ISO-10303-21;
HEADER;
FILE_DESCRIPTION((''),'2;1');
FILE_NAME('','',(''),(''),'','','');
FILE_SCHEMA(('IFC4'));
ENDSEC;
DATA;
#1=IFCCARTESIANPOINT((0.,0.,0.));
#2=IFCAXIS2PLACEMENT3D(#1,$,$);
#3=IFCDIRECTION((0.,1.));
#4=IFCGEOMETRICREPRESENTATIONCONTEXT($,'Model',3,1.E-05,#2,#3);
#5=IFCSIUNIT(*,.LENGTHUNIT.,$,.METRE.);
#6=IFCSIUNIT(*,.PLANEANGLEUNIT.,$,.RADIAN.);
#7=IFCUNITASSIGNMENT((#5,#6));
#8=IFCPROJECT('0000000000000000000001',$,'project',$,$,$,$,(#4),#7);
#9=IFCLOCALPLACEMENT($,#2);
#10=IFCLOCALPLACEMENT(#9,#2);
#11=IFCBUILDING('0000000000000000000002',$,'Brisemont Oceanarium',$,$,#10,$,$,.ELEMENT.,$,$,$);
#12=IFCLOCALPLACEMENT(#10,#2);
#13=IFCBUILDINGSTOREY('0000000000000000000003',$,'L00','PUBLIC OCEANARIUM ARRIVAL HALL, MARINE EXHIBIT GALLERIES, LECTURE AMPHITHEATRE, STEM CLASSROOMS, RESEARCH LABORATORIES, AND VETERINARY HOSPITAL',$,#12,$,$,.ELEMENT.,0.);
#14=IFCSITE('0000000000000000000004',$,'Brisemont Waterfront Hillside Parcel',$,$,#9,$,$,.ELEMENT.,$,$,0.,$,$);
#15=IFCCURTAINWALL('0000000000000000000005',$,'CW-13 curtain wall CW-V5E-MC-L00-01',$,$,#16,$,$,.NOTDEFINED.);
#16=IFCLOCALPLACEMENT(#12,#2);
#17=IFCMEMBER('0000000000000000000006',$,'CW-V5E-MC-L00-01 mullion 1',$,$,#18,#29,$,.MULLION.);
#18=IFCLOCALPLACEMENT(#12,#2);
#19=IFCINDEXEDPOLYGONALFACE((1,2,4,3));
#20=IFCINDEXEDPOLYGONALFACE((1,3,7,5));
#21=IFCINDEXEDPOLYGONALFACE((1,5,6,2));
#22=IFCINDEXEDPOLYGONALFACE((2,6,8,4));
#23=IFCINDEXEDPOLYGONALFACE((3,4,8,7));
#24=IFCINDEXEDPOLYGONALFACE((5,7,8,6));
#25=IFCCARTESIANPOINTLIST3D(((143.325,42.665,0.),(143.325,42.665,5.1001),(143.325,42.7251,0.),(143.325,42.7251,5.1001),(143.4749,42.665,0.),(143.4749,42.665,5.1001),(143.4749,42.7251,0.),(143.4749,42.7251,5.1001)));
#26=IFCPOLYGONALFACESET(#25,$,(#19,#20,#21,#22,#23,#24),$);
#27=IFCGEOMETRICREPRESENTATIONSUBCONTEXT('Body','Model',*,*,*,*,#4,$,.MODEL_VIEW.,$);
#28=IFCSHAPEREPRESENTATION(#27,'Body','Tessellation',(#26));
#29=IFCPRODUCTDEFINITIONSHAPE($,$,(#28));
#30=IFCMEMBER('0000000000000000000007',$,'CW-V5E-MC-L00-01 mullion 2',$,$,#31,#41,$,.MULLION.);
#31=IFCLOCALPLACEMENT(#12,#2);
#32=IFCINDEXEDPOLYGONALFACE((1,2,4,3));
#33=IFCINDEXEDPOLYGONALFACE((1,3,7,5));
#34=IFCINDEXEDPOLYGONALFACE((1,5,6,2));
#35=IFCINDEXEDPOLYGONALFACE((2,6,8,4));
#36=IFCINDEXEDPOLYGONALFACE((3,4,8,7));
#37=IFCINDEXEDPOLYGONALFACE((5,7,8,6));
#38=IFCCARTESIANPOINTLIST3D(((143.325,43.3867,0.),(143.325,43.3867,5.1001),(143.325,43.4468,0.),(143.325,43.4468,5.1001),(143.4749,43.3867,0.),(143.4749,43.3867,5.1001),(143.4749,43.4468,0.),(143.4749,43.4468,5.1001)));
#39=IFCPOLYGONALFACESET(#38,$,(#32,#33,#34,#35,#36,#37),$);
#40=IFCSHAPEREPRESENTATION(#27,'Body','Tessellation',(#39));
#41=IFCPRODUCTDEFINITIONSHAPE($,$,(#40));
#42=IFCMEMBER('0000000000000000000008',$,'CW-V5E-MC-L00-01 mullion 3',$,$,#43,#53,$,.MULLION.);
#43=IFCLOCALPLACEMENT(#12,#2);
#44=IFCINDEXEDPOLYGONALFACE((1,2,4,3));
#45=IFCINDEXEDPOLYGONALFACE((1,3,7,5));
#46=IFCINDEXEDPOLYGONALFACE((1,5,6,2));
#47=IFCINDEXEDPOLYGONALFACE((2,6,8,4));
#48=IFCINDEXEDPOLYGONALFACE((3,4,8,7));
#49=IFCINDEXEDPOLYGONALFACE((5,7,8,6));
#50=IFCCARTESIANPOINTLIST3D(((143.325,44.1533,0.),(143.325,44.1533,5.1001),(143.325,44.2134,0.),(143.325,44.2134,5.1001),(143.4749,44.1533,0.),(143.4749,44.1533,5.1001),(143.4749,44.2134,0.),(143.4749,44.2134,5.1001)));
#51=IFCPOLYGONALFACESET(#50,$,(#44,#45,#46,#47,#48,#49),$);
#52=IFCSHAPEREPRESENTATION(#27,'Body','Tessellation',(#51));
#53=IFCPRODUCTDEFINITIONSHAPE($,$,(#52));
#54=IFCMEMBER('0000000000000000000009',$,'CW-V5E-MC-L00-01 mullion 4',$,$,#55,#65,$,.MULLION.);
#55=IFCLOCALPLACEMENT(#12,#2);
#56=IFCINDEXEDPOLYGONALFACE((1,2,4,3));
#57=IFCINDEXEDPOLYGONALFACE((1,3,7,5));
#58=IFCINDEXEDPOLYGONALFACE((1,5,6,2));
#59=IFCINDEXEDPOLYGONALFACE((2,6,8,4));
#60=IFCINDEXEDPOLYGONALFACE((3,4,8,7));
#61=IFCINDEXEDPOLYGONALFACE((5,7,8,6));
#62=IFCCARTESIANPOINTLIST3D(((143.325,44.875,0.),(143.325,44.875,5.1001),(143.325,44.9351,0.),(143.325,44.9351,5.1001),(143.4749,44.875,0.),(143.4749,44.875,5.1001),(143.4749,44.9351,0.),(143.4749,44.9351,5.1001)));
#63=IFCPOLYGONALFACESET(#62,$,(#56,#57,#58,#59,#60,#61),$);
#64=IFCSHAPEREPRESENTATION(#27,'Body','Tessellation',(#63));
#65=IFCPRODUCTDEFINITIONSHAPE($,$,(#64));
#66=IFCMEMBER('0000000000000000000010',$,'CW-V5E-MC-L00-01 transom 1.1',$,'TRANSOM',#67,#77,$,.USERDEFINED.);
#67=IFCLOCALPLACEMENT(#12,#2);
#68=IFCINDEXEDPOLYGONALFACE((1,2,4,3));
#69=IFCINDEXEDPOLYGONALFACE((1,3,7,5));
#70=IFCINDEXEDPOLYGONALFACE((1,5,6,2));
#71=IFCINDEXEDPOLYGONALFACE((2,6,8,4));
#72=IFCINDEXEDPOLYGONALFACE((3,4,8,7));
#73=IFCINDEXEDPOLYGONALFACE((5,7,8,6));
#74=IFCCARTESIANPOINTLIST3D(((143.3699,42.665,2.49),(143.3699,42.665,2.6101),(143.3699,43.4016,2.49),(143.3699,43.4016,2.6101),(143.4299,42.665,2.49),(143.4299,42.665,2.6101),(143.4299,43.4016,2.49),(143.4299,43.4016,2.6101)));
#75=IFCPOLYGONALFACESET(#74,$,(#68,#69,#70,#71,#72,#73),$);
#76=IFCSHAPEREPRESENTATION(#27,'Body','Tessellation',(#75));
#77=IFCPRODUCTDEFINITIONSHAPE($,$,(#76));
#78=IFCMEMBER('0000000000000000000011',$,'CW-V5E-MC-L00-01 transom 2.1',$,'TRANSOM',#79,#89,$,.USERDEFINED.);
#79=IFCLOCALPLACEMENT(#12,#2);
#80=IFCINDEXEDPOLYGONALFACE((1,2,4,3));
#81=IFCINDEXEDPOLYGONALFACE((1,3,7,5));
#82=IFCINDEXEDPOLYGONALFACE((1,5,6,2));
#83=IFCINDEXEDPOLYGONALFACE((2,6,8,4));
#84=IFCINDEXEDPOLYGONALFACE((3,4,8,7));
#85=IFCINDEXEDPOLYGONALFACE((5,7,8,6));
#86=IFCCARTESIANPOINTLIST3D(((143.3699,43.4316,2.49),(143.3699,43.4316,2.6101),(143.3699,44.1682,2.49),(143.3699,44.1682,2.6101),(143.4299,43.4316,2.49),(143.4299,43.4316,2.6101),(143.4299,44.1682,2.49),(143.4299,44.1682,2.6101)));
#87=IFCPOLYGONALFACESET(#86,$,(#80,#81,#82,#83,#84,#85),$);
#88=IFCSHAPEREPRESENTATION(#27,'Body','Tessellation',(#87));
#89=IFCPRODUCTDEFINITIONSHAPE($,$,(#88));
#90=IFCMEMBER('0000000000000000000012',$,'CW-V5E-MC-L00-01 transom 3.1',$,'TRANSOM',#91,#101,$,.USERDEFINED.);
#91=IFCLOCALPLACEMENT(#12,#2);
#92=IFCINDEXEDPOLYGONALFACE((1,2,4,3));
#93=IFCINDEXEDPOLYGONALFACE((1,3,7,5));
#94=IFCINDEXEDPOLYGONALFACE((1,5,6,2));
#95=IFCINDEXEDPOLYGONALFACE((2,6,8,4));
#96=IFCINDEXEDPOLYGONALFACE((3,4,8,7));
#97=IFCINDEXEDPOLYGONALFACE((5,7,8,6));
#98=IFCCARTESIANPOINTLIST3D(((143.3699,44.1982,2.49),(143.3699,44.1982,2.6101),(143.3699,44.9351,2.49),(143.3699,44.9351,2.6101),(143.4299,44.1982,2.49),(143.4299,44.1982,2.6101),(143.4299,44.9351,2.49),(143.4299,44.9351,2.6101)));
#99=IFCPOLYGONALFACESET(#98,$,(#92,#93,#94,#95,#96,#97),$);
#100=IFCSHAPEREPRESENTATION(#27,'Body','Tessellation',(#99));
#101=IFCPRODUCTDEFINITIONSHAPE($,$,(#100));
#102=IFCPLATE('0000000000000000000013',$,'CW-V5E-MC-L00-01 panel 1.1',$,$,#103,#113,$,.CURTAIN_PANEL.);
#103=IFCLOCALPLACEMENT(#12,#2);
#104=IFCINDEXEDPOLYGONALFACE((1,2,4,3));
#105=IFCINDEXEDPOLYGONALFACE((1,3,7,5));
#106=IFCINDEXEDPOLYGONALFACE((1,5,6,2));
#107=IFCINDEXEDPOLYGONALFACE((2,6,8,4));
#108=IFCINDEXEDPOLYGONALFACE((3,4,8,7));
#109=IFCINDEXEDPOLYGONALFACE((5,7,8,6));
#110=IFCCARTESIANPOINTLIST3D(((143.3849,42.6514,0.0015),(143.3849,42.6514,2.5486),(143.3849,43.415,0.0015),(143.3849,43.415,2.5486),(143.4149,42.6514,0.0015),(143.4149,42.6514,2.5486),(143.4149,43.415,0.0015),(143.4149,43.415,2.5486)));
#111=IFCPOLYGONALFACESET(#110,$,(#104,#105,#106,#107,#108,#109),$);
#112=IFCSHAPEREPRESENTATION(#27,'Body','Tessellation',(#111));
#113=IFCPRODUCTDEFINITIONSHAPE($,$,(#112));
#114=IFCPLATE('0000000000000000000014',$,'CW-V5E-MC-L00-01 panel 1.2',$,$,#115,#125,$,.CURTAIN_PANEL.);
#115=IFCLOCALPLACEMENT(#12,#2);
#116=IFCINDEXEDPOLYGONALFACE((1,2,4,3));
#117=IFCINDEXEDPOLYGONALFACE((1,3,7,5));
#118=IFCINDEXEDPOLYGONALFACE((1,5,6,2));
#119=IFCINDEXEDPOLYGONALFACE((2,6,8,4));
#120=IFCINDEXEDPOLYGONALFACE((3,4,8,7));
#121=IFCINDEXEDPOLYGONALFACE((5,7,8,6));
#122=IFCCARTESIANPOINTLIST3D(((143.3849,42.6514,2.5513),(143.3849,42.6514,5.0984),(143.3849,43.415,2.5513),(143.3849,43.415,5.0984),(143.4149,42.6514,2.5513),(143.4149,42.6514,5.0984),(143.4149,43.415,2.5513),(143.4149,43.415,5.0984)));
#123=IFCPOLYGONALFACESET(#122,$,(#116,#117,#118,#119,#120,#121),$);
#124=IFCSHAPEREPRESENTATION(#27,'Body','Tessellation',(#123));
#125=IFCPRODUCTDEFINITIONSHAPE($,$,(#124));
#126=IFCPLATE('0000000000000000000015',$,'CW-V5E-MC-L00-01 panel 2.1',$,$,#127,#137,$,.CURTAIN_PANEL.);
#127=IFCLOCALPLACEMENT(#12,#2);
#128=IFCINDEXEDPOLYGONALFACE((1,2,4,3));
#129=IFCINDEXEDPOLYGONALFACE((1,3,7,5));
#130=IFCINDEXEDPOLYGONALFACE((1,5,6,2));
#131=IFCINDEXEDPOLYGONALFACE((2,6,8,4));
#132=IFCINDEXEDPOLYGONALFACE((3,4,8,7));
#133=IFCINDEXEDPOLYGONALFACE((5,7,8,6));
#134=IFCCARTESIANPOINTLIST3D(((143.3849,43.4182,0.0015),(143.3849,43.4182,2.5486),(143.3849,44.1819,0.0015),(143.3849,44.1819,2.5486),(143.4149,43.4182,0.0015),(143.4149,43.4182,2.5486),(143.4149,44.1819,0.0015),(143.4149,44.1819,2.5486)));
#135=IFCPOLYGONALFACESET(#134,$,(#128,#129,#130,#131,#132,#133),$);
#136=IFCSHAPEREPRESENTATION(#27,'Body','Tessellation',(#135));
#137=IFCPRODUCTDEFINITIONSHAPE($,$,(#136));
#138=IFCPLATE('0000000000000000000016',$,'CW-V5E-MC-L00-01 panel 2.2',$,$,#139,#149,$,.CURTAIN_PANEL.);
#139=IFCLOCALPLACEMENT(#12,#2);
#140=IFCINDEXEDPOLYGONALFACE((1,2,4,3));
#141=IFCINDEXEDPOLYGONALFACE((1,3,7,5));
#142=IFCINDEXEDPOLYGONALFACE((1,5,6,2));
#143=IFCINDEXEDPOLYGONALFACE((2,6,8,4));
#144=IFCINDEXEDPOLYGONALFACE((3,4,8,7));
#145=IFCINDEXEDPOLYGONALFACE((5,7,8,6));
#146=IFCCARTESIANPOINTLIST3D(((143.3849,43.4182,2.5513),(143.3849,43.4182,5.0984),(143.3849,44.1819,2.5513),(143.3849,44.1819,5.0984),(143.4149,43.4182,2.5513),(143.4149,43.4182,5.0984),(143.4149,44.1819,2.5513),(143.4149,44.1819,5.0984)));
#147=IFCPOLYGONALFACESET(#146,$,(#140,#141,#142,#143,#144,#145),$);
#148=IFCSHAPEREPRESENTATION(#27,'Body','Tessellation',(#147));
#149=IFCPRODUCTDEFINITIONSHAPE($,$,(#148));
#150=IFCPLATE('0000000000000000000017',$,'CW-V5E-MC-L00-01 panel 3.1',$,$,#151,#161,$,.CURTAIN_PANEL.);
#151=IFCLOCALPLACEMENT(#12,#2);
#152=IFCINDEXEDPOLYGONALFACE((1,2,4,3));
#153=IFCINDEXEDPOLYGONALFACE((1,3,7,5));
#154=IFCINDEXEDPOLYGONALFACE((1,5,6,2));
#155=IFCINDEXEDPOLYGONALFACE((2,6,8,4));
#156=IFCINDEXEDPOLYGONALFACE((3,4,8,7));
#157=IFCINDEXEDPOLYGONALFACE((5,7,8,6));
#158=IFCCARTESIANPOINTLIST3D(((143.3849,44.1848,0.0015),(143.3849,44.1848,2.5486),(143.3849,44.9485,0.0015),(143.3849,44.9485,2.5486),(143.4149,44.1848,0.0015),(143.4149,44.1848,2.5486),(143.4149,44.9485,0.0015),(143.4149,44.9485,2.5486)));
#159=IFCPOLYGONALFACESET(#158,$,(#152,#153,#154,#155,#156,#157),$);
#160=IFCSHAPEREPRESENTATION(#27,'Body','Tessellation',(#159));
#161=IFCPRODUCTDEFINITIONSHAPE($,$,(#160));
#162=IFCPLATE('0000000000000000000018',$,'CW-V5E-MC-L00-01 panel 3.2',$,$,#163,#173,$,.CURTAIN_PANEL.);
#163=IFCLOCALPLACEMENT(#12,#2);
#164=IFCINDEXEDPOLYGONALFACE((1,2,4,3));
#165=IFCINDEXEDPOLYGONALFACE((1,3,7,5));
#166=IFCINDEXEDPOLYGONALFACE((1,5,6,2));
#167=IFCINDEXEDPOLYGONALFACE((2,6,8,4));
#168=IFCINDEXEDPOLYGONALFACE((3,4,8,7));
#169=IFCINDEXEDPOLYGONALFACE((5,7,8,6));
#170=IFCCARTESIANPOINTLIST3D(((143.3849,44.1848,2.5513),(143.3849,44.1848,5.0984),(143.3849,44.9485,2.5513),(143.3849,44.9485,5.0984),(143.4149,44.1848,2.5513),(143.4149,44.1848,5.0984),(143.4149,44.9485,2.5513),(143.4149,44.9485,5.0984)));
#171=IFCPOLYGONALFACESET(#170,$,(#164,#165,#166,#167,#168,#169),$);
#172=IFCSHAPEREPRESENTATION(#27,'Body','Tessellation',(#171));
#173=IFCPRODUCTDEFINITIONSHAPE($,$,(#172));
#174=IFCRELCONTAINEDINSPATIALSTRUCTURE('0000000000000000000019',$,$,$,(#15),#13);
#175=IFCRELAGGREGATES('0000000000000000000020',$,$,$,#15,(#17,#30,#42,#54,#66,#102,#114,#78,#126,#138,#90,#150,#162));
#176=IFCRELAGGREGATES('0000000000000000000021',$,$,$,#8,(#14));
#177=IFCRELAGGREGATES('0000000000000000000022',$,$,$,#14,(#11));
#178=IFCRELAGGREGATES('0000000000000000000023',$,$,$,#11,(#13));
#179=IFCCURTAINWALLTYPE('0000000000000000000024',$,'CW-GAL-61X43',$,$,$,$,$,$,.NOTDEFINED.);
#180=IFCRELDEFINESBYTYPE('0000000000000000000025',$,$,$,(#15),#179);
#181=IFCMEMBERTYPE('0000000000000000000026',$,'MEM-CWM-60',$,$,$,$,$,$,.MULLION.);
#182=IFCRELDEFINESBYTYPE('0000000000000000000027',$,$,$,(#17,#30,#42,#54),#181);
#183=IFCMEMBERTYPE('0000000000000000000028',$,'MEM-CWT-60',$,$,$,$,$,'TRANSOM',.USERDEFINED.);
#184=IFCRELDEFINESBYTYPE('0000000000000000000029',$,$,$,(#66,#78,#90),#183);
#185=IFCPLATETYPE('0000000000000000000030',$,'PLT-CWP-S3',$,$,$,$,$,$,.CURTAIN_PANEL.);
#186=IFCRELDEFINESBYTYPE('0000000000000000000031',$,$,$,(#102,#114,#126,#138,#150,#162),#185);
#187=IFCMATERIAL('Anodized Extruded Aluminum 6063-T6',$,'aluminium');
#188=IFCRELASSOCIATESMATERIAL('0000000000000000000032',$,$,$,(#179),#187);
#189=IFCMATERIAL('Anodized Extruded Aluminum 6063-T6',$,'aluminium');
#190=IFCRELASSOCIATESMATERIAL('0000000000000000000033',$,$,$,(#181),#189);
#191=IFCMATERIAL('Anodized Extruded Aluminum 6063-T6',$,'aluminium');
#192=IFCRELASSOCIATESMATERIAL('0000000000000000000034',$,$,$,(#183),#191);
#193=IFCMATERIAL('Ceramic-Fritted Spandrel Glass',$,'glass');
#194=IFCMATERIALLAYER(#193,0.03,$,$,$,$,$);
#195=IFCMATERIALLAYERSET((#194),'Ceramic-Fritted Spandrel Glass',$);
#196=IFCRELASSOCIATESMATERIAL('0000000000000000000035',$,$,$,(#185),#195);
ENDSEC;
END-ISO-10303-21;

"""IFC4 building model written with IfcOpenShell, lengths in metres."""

from ifc_helpers import new_model, si_unit, direction, frame, origin, origin_2d, place, context, subcontext, project, spatial, rectangle, extrude, material, layer, layer_set, material_profile, profile_set, type_object, element, aggregate, save


model = new_model("IFC4")

# Units and contexts
model_context = context("Model", 3, precision=1e-05, world=origin(), true_north=direction((0.0, 1.0)))
body_context = subcontext(model_context, "Body", "Model", "MODEL_VIEW")
ifc_project = project(units=[si_unit("LENGTHUNIT", "METRE"), si_unit("PLANEANGLEUNIT", "RADIAN")], contexts=[model_context])

# Site, building, storey
site_placement = place(None, origin())
site = spatial("IfcSite", under=ifc_project, at=site_placement, Name="Brisemont Waterfront Hillside Parcel", CompositionType="ELEMENT", RefElevation=0.0)
building_placement = place(site_placement, origin())
building = spatial("IfcBuilding", under=site, at=building_placement, Name="Brisemont Oceanarium", CompositionType="ELEMENT")
storey_placement = place(building_placement, origin())
storey = spatial("IfcBuildingStorey", under=building, at=storey_placement, Name="L00", Description="PUBLIC OCEANARIUM ARRIVAL HALL, MARINE EXHIBIT GALLERIES, LECTURE AMPHITHEATRE, STEM CLASSROOMS, RESEARCH LABORATORIES, AND VETERINARY HOSPITAL", CompositionType="ELEMENT", Elevation=0.0)

# Curtain wall, members, plates
ifc_material_1 = material(Name="Anodized Extruded Aluminum 6063-T6", Category="aluminium")
curtain_wall_type = type_object("IfcCurtainWallType", Name="CW-GAL-61X43", PredefinedType="NOTDEFINED", material=ifc_material_1)
curtain_wall_placement = place(storey_placement, origin())
curtain_wall = element("IfcCurtainWall", 1, at=curtain_wall_placement, inside=storey, type_object=curtain_wall_type, Name="CW-13 curtain wall CW-V5E-MC-L00-01", PredefinedType="NOTDEFINED")
ifc_material_2 = material(Name="Anodized Extruded Aluminum 6063-T6", Category="aluminium")
ifc_material_profile_1 = material_profile(ifc_material_2, rectangle(XDim=0.0601, YDim=0.1499, at=origin_2d()), Name="CWM-60X150")
ifc_profile_set_1 = profile_set([ifc_material_profile_1], Name="Anodized Extruded Aluminum 6063-T6")
member_type_1 = type_object("IfcMemberType", Name="MEM-CWM-60", PredefinedType="MULLION", material=ifc_profile_set_1)
member_1_placement = place(storey_placement, frame((143.3999, 42.6951, 0.0), z_axis=(0.0, 0.0, 1.0), x_axis=(0.0, 1.0, 0.0)))
member_1 = element("IfcMember", 2, at=member_1_placement, type_object=member_type_1, Name="CW-V5E-MC-L00-01 mullion 1", PredefinedType="MULLION", context=body_context, shape_type="SweptSolid", body=[
    extrude(rectangle(XDim=0.0601, YDim=0.1499, at=origin_2d()), origin(), (0.0, 0.0, 1.0), 5.1001),
])
member_2_placement = place(storey_placement, frame((143.3999, 43.4167, 0.0), z_axis=(0.0, 0.0, 1.0), x_axis=(0.0, 1.0, 0.0)))
member_2 = element("IfcMember", 3, at=member_2_placement, type_object=member_type_1, Name="CW-V5E-MC-L00-01 mullion 2", PredefinedType="MULLION", context=body_context, shape_type="SweptSolid", body=[
    extrude(rectangle(XDim=0.0601, YDim=0.1499, at=origin_2d()), origin(), (0.0, 0.0, 1.0), 5.1001),
])
member_3_placement = place(storey_placement, frame((143.3999, 44.1833, 0.0), z_axis=(0.0, 0.0, 1.0), x_axis=(0.0, 1.0, 0.0)))
member_3 = element("IfcMember", 4, at=member_3_placement, type_object=member_type_1, Name="CW-V5E-MC-L00-01 mullion 3", PredefinedType="MULLION", context=body_context, shape_type="SweptSolid", body=[
    extrude(rectangle(XDim=0.0601, YDim=0.1499, at=origin_2d()), origin(), (0.0, 0.0, 1.0), 5.1001),
])
member_4_placement = place(storey_placement, frame((143.3999, 44.905, 0.0), z_axis=(0.0, 0.0, 1.0), x_axis=(0.0, 1.0, 0.0)))
member_4 = element("IfcMember", 5, at=member_4_placement, type_object=member_type_1, Name="CW-V5E-MC-L00-01 mullion 4", PredefinedType="MULLION", context=body_context, shape_type="SweptSolid", body=[
    extrude(rectangle(XDim=0.0601, YDim=0.1499, at=origin_2d()), origin(), (0.0, 0.0, 1.0), 5.1001),
])
ifc_material_3 = material(Name="Anodized Extruded Aluminum 6063-T6", Category="aluminium")
ifc_material_profile_2 = material_profile(ifc_material_3, rectangle(XDim=0.0601, YDim=0.1201, at=origin_2d()), Name="CWT-60X120")
ifc_profile_set_2 = profile_set([ifc_material_profile_2], Name="Anodized Extruded Aluminum 6063-T6")
member_type_2 = type_object("IfcMemberType", Name="MEM-CWT-60", ElementType="TRANSOM", PredefinedType="USERDEFINED", material=ifc_profile_set_2)
member_5_placement = place(storey_placement, frame((143.3999, 42.665, 2.55), z_axis=(0.0, 1.0, 0.0), x_axis=(-1.0, 0.0, 0.0)))
member_5 = element("IfcMember", 6, at=member_5_placement, type_object=member_type_2, Name="CW-V5E-MC-L00-01 transom 1.1", ObjectType="TRANSOM", PredefinedType="USERDEFINED", context=body_context, shape_type="SweptSolid", body=[
    extrude(rectangle(XDim=0.0601, YDim=0.1201, at=origin_2d()), origin(), (0.0, 0.0, 1.0), 0.7366),
])
member_6_placement = place(storey_placement, frame((143.3999, 43.4316, 2.55), z_axis=(0.0, 1.0, 0.0), x_axis=(-1.0, 0.0, 0.0)))
member_6 = element("IfcMember", 7, at=member_6_placement, type_object=member_type_2, Name="CW-V5E-MC-L00-01 transom 2.1", ObjectType="TRANSOM", PredefinedType="USERDEFINED", context=body_context, shape_type="SweptSolid", body=[
    extrude(rectangle(XDim=0.0601, YDim=0.1201, at=origin_2d()), origin(), (0.0, 0.0, 1.0), 0.7366),
])
member_7_placement = place(storey_placement, frame((143.3999, 44.1982, 2.55), z_axis=(0.0, 1.0, 0.0), x_axis=(-1.0, 0.0, 0.0)))
member_7 = element("IfcMember", 8, at=member_7_placement, type_object=member_type_2, Name="CW-V5E-MC-L00-01 transom 3.1", ObjectType="TRANSOM", PredefinedType="USERDEFINED", context=body_context, shape_type="SweptSolid", body=[
    extrude(rectangle(XDim=0.0601, YDim=0.1201, at=origin_2d()), origin(), (0.0, 0.0, 1.0), 0.7368),
])
ifc_material_4 = material(Name="Ceramic-Fritted Spandrel Glass", Category="glass")
ifc_layer_1 = layer(ifc_material_4, 0.03)
ifc_layer_set_1 = layer_set([ifc_layer_1], Name="Ceramic-Fritted Spandrel Glass")
plate_type = type_object("IfcPlateType", Name="PLT-CWP-S3", PredefinedType="CURTAIN_PANEL", material=ifc_layer_set_1)
plate_1_placement = place(storey_placement, frame((143.3999, 43.0332, 0.0015), z_axis=(0.0, 0.0, 1.0), x_axis=(0.0, 1.0, 0.0)))
plate_1 = element("IfcPlate", 9, at=plate_1_placement, type_object=plate_type, Name="CW-V5E-MC-L00-01 panel 1.1", PredefinedType="CURTAIN_PANEL", context=body_context, shape_type="SweptSolid", body=[
    extrude(rectangle(XDim=0.7637, YDim=0.03, at=origin_2d()), origin(), (0.0, 0.0, 1.0), 2.5471),
])
plate_2_placement = place(storey_placement, frame((143.3999, 43.0332, 2.5513), z_axis=(0.0, 0.0, 1.0), x_axis=(0.0, 1.0, 0.0)))
plate_2 = element("IfcPlate", 10, at=plate_2_placement, type_object=plate_type, Name="CW-V5E-MC-L00-01 panel 1.2", PredefinedType="CURTAIN_PANEL", context=body_context, shape_type="SweptSolid", body=[
    extrude(rectangle(XDim=0.7637, YDim=0.03, at=origin_2d()), origin(), (0.0, 0.0, 1.0), 2.5471),
])
plate_3_placement = place(storey_placement, frame((143.3999, 43.8, 0.0015), z_axis=(0.0, 0.0, 1.0), x_axis=(0.0, 1.0, 0.0)))
plate_3 = element("IfcPlate", 11, at=plate_3_placement, type_object=plate_type, Name="CW-V5E-MC-L00-01 panel 2.1", PredefinedType="CURTAIN_PANEL", context=body_context, shape_type="SweptSolid", body=[
    extrude(rectangle(XDim=0.7637, YDim=0.03, at=origin_2d()), origin(), (0.0, 0.0, 1.0), 2.5471),
])
plate_4_placement = place(storey_placement, frame((143.3999, 43.8, 2.5513), z_axis=(0.0, 0.0, 1.0), x_axis=(0.0, 1.0, 0.0)))
plate_4 = element("IfcPlate", 12, at=plate_4_placement, type_object=plate_type, Name="CW-V5E-MC-L00-01 panel 2.2", PredefinedType="CURTAIN_PANEL", context=body_context, shape_type="SweptSolid", body=[
    extrude(rectangle(XDim=0.7637, YDim=0.03, at=origin_2d()), origin(), (0.0, 0.0, 1.0), 2.5471),
])
plate_5_placement = place(storey_placement, frame((143.3999, 44.5667, 0.0015), z_axis=(0.0, 0.0, 1.0), x_axis=(0.0, 1.0, 0.0)))
plate_5 = element("IfcPlate", 13, at=plate_5_placement, type_object=plate_type, Name="CW-V5E-MC-L00-01 panel 3.1", PredefinedType="CURTAIN_PANEL", context=body_context, shape_type="SweptSolid", body=[
    extrude(rectangle(XDim=0.7637, YDim=0.03, at=origin_2d()), origin(), (0.0, 0.0, 1.0), 2.5471),
])
plate_6_placement = place(storey_placement, frame((143.3999, 44.5667, 2.5513), z_axis=(0.0, 0.0, 1.0), x_axis=(0.0, 1.0, 0.0)))
plate_6 = element("IfcPlate", 14, at=plate_6_placement, type_object=plate_type, Name="CW-V5E-MC-L00-01 panel 3.2", PredefinedType="CURTAIN_PANEL", context=body_context, shape_type="SweptSolid", body=[
    extrude(rectangle(XDim=0.7637, YDim=0.03, at=origin_2d()), origin(), (0.0, 0.0, 1.0), 2.5471),
])
aggregate(curtain_wall, [member_1, member_2, member_3, member_4, member_5, plate_1, plate_2, member_6, plate_3, plate_4, member_7, plate_5, plate_6])

save(model, "model.ifc")
